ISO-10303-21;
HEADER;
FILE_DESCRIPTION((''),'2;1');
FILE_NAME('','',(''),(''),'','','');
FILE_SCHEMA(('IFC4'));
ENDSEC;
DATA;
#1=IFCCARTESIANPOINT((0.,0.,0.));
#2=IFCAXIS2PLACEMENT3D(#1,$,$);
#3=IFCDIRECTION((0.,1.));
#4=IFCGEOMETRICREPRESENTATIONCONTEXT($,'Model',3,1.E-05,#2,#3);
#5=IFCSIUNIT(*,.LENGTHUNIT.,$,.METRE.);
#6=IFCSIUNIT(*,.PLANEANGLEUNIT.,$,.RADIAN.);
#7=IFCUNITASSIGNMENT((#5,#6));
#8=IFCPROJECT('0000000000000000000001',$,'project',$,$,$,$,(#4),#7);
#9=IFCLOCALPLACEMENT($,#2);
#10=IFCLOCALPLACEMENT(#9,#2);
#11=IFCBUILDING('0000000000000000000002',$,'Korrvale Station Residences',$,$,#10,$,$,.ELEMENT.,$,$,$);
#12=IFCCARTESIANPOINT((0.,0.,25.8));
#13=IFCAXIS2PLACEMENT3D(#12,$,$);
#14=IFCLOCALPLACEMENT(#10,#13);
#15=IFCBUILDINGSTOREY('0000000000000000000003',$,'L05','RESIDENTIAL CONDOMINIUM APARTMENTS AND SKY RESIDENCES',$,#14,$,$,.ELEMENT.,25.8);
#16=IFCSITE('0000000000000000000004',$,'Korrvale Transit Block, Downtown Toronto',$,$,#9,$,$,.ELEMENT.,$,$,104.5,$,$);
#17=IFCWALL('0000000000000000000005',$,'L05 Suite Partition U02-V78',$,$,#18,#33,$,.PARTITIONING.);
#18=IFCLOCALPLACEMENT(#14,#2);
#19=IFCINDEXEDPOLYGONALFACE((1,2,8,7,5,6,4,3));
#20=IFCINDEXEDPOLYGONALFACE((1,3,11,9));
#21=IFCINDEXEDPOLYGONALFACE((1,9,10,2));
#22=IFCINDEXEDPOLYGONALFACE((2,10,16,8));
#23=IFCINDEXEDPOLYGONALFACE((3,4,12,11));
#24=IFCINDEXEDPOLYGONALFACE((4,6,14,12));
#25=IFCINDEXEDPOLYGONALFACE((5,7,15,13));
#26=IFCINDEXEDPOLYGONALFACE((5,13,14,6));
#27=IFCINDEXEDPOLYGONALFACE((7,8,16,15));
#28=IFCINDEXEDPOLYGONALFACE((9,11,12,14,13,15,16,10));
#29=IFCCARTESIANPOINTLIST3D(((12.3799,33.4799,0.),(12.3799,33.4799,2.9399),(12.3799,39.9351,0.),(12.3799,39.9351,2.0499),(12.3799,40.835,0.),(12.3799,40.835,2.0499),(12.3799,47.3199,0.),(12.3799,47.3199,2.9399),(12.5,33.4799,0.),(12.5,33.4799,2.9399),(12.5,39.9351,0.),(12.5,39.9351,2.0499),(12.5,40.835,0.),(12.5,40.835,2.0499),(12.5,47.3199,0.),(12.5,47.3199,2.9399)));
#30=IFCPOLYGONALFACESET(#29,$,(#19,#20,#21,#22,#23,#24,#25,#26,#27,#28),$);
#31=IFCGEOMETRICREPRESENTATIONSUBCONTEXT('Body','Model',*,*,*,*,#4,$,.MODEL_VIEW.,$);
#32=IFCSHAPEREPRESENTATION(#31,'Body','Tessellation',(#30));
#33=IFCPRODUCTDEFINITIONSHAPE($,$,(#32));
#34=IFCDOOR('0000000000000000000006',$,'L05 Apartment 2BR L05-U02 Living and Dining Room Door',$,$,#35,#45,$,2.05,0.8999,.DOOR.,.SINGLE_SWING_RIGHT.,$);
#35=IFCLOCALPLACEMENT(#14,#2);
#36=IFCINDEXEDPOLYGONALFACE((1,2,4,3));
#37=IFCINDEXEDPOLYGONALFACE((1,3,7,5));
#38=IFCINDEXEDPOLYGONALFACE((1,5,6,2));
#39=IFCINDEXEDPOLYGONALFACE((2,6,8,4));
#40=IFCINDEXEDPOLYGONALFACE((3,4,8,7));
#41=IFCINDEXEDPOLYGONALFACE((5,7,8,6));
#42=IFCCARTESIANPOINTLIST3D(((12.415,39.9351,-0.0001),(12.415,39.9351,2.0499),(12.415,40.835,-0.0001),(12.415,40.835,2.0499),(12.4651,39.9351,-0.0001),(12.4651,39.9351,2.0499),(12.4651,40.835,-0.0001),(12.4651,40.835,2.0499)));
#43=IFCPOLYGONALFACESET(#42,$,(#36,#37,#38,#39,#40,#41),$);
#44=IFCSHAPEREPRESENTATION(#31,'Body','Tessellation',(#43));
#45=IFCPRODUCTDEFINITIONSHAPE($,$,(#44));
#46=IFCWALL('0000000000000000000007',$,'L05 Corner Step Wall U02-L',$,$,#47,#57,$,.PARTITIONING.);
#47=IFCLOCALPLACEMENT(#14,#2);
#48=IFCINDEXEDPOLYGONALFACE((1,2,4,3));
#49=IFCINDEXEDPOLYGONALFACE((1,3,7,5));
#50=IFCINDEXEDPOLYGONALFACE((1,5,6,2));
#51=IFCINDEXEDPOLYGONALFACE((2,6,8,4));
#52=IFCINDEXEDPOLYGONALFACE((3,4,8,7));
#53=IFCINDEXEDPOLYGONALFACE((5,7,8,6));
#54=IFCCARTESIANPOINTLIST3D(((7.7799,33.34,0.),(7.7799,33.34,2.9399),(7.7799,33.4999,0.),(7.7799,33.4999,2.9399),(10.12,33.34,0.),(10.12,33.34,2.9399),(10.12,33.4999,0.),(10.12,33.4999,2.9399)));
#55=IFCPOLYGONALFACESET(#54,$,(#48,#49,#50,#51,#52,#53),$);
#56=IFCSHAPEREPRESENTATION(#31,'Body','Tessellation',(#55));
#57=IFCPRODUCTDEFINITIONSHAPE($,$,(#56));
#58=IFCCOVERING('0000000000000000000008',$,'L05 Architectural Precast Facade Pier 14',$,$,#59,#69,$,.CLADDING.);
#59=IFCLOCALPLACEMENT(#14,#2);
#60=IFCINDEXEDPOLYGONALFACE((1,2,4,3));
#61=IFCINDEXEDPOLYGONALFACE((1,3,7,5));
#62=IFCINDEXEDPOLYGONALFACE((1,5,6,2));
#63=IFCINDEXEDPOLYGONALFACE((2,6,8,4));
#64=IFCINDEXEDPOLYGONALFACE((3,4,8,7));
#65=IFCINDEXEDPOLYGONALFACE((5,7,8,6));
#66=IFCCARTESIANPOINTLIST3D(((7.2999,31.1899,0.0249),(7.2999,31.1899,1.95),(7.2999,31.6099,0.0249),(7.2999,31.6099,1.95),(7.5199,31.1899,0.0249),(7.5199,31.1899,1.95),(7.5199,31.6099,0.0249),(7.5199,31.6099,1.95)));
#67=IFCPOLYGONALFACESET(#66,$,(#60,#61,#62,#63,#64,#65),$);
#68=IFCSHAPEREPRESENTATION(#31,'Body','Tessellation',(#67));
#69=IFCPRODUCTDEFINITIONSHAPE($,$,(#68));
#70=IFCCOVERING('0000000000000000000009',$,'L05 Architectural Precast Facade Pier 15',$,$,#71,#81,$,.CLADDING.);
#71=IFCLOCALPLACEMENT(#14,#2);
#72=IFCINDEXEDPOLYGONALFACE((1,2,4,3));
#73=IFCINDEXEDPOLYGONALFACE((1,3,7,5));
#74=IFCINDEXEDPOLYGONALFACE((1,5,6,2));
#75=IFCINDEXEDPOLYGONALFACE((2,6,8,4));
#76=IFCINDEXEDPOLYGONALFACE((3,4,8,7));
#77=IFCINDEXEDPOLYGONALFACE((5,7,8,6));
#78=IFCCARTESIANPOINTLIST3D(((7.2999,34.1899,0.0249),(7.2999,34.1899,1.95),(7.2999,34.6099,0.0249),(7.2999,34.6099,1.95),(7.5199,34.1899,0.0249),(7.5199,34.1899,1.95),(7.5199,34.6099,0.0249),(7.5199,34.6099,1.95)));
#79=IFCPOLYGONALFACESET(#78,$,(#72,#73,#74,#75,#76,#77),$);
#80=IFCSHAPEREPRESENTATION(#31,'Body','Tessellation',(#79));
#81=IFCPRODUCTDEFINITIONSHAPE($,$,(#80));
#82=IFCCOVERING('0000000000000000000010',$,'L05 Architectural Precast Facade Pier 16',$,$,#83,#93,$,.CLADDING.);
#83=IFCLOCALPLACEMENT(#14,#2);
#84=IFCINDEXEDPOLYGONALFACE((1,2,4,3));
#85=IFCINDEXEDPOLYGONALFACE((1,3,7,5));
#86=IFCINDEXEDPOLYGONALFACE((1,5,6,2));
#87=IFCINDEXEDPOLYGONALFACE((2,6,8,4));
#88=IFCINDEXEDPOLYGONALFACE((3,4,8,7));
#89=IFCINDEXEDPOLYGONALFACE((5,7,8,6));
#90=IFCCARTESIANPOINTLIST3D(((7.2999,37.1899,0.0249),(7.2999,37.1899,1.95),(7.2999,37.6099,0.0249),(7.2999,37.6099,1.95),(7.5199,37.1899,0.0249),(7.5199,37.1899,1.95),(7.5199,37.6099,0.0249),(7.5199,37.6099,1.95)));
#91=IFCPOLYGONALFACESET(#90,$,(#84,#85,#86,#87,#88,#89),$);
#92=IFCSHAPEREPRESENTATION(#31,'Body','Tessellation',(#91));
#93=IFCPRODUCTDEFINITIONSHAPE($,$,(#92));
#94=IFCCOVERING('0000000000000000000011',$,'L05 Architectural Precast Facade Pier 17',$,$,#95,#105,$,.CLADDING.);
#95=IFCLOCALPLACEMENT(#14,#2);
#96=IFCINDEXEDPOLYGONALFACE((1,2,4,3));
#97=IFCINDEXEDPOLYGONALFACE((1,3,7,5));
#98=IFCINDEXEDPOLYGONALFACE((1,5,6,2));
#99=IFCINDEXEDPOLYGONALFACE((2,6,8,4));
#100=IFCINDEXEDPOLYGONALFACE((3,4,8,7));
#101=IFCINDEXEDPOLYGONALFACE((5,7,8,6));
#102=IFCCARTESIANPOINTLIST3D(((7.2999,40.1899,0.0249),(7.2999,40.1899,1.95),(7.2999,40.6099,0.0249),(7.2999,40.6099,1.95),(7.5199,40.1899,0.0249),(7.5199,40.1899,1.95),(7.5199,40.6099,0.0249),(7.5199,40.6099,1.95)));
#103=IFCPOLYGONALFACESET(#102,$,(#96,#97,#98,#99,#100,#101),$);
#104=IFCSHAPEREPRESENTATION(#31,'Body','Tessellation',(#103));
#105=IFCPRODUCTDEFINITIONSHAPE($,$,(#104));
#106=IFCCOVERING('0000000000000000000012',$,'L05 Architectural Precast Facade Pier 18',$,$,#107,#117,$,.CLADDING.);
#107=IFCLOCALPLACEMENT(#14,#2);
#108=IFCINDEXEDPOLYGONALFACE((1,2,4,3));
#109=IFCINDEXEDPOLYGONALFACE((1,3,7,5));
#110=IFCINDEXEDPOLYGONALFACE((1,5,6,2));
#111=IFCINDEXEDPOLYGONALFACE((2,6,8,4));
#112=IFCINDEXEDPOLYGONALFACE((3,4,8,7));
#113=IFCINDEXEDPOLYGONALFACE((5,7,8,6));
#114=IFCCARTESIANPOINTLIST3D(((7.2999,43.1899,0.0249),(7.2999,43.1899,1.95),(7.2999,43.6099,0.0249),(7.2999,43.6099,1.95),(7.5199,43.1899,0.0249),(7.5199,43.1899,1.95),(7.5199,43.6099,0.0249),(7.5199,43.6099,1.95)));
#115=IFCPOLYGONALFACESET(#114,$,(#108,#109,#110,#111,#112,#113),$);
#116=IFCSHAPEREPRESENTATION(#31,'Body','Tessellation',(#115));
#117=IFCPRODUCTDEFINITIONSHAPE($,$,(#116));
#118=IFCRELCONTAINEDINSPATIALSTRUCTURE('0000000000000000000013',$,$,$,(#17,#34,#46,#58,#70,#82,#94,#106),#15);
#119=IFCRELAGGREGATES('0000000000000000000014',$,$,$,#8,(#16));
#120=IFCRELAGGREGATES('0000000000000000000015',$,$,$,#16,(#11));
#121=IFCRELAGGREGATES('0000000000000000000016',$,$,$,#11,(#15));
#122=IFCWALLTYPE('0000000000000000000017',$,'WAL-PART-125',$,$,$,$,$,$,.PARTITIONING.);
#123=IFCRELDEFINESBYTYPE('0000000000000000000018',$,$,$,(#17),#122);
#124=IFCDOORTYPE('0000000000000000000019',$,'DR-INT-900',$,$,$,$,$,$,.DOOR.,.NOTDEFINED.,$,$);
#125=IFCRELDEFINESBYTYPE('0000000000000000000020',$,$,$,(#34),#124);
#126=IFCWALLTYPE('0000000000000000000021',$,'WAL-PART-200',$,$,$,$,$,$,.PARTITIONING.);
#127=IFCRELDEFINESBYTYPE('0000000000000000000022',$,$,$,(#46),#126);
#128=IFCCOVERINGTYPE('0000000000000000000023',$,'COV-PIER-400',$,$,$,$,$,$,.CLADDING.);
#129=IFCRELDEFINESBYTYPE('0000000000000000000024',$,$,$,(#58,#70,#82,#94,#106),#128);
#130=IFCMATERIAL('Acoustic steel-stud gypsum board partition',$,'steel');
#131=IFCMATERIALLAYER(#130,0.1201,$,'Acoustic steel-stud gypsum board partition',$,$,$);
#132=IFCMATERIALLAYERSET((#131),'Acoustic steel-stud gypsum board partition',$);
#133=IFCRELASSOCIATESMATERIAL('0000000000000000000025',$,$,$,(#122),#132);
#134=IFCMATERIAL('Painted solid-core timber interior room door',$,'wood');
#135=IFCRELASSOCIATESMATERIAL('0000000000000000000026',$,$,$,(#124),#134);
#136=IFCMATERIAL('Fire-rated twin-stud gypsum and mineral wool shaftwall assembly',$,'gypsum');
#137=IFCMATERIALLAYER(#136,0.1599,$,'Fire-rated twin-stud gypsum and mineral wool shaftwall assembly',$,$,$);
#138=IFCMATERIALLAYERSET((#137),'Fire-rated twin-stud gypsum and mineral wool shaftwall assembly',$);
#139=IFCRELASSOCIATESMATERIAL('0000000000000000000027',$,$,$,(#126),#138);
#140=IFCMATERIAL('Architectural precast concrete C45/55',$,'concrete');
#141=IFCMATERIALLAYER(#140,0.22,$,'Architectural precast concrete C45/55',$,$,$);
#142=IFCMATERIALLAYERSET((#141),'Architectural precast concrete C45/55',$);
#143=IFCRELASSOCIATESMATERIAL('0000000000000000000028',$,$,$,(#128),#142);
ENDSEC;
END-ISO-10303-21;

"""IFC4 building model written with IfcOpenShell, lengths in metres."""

from ifc_helpers import new_model, si_unit, direction, frame, frame_2d, origin, origin_2d, place, context, subcontext, project, spatial, rectangle, extrude, material, layer, layer_set, type_object, element, fill, save


model = new_model("IFC4")

# Units and contexts
model_context = context("Model", 3, precision=1e-05, world=origin(), true_north=direction((0.0, 1.0)))
body_context = subcontext(model_context, "Body", "Model", "MODEL_VIEW")
ifc_project = project(units=[si_unit("LENGTHUNIT", "METRE"), si_unit("PLANEANGLEUNIT", "RADIAN")], contexts=[model_context])

# Site, building, storey
site_placement = place(None, origin())
site = spatial("IfcSite", under=ifc_project, at=site_placement, Name="Korrvale Transit Block, Downtown Toronto", CompositionType="ELEMENT", RefElevation=104.5)
building_placement = place(site_placement, origin())
building = spatial("IfcBuilding", under=site, at=building_placement, Name="Korrvale Station Residences", CompositionType="ELEMENT")
storey_placement = place(building_placement, frame((0.0, 0.0, 25.8)))
storey = spatial("IfcBuildingStorey", under=building, at=storey_placement, Name="L05", Description="RESIDENTIAL CONDOMINIUM APARTMENTS AND SKY RESIDENCES", CompositionType="ELEMENT", Elevation=25.8)

# Shared definitions
ifc_material_1 = material(Name="Acoustic steel-stud gypsum board partition", Category="steel")
ifc_layer_1 = layer(ifc_material_1, 0.1201, Name="Acoustic steel-stud gypsum board partition")
ifc_layer_set_1 = layer_set([ifc_layer_1], Name="Acoustic steel-stud gypsum board partition")
wall_type_1 = type_object("IfcWallType", Name="WAL-PART-125", PredefinedType="PARTITIONING", material=ifc_layer_set_1)

# Wall, opening, door
wall_1_placement = place(storey_placement, frame((12.4399, 33.48, 0.0), z_axis=(0.0, 0.0, 1.0), x_axis=(0.0, 1.0, 0.0)))
wall_1 = element("IfcWall", 1, at=wall_1_placement, inside=storey, type_object=wall_type_1, Name="L05 Suite Partition U02-V78", PredefinedType="PARTITIONING", context=body_context, shape_type="SweptSolid", body=[
    extrude(rectangle(XDim=13.8401, YDim=0.1201, at=frame_2d((6.9199, 0.0))), origin(), (0.0, 0.0, 1.0), 2.9399),
])
opening_1_placement = place(wall_1_placement, frame((6.4551, 0.0, 0.0)))
opening_1 = element("IfcOpeningElement", 2, at=opening_1_placement, cuts=wall_1, PredefinedType="OPENING", context=body_context, shape_type="SweptSolid", body=[
    extrude(rectangle(XDim=0.8999, YDim=2.05, at=frame_2d((0.45, 1.0249))), frame((0.0, 0.0701, 0.0), z_axis=(0.0, -1.0, 0.0), x_axis=(1.0, 0.0, 0.0)), (0.0, 0.0, 1.0), 0.1401),
])
ifc_material_2 = material(Name="Painted solid-core timber interior room door", Category="wood")
door_type = type_object("IfcDoorType", Name="DR-INT-900", OperationType="NOTDEFINED", PredefinedType="DOOR", material=ifc_material_2)
door_placement = place(opening_1_placement, origin())
door = element("IfcDoor", 3, at=door_placement, inside=storey, type_object=door_type, Name="L05 Apartment 2BR L05-U02 Living and Dining Room Door", OperationType="SINGLE_SWING_RIGHT", OverallHeight=2.05, OverallWidth=0.8999, PredefinedType="DOOR", context=body_context, shape_type="SweptSolid", body=[
    extrude(rectangle(XDim=0.8999, YDim=2.05, at=frame_2d((0.45, 1.0249))), frame((0.0, 0.0249, 0.0), z_axis=(0.0, -1.0, 0.0), x_axis=(1.0, 0.0, 0.0)), (0.0, 0.0, 1.0), 0.05),
])
fill(opening_1, door)

# Wall
ifc_material_3 = material(Name="Fire-rated twin-stud gypsum and mineral wool shaftwall assembly", Category="gypsum")
ifc_layer_2 = layer(ifc_material_3, 0.1599, Name="Fire-rated twin-stud gypsum and mineral wool shaftwall assembly")
ifc_layer_set_2 = layer_set([ifc_layer_2], Name="Fire-rated twin-stud gypsum and mineral wool shaftwall assembly")
wall_type_2 = type_object("IfcWallType", Name="WAL-PART-200", PredefinedType="PARTITIONING", material=ifc_layer_set_2)
wall_2_placement = place(storey_placement, frame((7.78, 33.4199, 0.0), z_axis=(0.0, 0.0, 1.0), x_axis=(1.0, 0.0, 0.0)))
element("IfcWall", 4, at=wall_2_placement, inside=storey, type_object=wall_type_2, Name="L05 Corner Step Wall U02-L", PredefinedType="PARTITIONING", context=body_context, shape_type="SweptSolid", body=[
    extrude(rectangle(XDim=2.3401, YDim=0.1599, at=frame_2d((1.1699, 0.0))), origin(), (0.0, 0.0, 1.0), 2.9399),
])

# Coverings
ifc_material_4 = material(Name="Architectural precast concrete C45/55", Category="concrete")
ifc_layer_3 = layer(ifc_material_4, 0.22, Name="Architectural precast concrete C45/55")
ifc_layer_set_3 = layer_set([ifc_layer_3], Name="Architectural precast concrete C45/55")
covering_type = type_object("IfcCoveringType", Name="COV-PIER-400", PredefinedType="CLADDING", material=ifc_layer_set_3)
for number, where, z_axis, x_axis, name in (
    (5, (7.4099, 31.3999, 0.0249), (0.0, 0.0, 1.0), (0.0, 1.0, 0.0), "L05 Architectural Precast Facade Pier 14"),
    (6, (7.4099, 34.3999, 0.0249), (0.0, 0.0, 1.0), (0.0, 1.0, 0.0), "L05 Architectural Precast Facade Pier 15"),
    (7, (7.4099, 37.3999, 0.0249), (0.0, 0.0, 1.0), (0.0, 1.0, 0.0), "L05 Architectural Precast Facade Pier 16"),
    (8, (7.4099, 40.3999, 0.0249), (0.0, 0.0, 1.0), (0.0, 1.0, 0.0), "L05 Architectural Precast Facade Pier 17"),
    (9, (7.4099, 43.3999, 0.0249), (0.0, 0.0, 1.0), (0.0, 1.0, 0.0), "L05 Architectural Precast Facade Pier 18"),
):
    element("IfcCovering", number, at=place(storey_placement, frame(where, z_axis=z_axis, x_axis=x_axis)), inside=storey, type_object=covering_type, Name=name, PredefinedType="CLADDING", context=body_context, shape_type="SweptSolid", body=[
        extrude(rectangle(XDim=0.4199, YDim=0.22, at=origin_2d()), origin(), (0.0, 0.0, 1.0), 1.925),
    ])

save(model, "model.ifc")
